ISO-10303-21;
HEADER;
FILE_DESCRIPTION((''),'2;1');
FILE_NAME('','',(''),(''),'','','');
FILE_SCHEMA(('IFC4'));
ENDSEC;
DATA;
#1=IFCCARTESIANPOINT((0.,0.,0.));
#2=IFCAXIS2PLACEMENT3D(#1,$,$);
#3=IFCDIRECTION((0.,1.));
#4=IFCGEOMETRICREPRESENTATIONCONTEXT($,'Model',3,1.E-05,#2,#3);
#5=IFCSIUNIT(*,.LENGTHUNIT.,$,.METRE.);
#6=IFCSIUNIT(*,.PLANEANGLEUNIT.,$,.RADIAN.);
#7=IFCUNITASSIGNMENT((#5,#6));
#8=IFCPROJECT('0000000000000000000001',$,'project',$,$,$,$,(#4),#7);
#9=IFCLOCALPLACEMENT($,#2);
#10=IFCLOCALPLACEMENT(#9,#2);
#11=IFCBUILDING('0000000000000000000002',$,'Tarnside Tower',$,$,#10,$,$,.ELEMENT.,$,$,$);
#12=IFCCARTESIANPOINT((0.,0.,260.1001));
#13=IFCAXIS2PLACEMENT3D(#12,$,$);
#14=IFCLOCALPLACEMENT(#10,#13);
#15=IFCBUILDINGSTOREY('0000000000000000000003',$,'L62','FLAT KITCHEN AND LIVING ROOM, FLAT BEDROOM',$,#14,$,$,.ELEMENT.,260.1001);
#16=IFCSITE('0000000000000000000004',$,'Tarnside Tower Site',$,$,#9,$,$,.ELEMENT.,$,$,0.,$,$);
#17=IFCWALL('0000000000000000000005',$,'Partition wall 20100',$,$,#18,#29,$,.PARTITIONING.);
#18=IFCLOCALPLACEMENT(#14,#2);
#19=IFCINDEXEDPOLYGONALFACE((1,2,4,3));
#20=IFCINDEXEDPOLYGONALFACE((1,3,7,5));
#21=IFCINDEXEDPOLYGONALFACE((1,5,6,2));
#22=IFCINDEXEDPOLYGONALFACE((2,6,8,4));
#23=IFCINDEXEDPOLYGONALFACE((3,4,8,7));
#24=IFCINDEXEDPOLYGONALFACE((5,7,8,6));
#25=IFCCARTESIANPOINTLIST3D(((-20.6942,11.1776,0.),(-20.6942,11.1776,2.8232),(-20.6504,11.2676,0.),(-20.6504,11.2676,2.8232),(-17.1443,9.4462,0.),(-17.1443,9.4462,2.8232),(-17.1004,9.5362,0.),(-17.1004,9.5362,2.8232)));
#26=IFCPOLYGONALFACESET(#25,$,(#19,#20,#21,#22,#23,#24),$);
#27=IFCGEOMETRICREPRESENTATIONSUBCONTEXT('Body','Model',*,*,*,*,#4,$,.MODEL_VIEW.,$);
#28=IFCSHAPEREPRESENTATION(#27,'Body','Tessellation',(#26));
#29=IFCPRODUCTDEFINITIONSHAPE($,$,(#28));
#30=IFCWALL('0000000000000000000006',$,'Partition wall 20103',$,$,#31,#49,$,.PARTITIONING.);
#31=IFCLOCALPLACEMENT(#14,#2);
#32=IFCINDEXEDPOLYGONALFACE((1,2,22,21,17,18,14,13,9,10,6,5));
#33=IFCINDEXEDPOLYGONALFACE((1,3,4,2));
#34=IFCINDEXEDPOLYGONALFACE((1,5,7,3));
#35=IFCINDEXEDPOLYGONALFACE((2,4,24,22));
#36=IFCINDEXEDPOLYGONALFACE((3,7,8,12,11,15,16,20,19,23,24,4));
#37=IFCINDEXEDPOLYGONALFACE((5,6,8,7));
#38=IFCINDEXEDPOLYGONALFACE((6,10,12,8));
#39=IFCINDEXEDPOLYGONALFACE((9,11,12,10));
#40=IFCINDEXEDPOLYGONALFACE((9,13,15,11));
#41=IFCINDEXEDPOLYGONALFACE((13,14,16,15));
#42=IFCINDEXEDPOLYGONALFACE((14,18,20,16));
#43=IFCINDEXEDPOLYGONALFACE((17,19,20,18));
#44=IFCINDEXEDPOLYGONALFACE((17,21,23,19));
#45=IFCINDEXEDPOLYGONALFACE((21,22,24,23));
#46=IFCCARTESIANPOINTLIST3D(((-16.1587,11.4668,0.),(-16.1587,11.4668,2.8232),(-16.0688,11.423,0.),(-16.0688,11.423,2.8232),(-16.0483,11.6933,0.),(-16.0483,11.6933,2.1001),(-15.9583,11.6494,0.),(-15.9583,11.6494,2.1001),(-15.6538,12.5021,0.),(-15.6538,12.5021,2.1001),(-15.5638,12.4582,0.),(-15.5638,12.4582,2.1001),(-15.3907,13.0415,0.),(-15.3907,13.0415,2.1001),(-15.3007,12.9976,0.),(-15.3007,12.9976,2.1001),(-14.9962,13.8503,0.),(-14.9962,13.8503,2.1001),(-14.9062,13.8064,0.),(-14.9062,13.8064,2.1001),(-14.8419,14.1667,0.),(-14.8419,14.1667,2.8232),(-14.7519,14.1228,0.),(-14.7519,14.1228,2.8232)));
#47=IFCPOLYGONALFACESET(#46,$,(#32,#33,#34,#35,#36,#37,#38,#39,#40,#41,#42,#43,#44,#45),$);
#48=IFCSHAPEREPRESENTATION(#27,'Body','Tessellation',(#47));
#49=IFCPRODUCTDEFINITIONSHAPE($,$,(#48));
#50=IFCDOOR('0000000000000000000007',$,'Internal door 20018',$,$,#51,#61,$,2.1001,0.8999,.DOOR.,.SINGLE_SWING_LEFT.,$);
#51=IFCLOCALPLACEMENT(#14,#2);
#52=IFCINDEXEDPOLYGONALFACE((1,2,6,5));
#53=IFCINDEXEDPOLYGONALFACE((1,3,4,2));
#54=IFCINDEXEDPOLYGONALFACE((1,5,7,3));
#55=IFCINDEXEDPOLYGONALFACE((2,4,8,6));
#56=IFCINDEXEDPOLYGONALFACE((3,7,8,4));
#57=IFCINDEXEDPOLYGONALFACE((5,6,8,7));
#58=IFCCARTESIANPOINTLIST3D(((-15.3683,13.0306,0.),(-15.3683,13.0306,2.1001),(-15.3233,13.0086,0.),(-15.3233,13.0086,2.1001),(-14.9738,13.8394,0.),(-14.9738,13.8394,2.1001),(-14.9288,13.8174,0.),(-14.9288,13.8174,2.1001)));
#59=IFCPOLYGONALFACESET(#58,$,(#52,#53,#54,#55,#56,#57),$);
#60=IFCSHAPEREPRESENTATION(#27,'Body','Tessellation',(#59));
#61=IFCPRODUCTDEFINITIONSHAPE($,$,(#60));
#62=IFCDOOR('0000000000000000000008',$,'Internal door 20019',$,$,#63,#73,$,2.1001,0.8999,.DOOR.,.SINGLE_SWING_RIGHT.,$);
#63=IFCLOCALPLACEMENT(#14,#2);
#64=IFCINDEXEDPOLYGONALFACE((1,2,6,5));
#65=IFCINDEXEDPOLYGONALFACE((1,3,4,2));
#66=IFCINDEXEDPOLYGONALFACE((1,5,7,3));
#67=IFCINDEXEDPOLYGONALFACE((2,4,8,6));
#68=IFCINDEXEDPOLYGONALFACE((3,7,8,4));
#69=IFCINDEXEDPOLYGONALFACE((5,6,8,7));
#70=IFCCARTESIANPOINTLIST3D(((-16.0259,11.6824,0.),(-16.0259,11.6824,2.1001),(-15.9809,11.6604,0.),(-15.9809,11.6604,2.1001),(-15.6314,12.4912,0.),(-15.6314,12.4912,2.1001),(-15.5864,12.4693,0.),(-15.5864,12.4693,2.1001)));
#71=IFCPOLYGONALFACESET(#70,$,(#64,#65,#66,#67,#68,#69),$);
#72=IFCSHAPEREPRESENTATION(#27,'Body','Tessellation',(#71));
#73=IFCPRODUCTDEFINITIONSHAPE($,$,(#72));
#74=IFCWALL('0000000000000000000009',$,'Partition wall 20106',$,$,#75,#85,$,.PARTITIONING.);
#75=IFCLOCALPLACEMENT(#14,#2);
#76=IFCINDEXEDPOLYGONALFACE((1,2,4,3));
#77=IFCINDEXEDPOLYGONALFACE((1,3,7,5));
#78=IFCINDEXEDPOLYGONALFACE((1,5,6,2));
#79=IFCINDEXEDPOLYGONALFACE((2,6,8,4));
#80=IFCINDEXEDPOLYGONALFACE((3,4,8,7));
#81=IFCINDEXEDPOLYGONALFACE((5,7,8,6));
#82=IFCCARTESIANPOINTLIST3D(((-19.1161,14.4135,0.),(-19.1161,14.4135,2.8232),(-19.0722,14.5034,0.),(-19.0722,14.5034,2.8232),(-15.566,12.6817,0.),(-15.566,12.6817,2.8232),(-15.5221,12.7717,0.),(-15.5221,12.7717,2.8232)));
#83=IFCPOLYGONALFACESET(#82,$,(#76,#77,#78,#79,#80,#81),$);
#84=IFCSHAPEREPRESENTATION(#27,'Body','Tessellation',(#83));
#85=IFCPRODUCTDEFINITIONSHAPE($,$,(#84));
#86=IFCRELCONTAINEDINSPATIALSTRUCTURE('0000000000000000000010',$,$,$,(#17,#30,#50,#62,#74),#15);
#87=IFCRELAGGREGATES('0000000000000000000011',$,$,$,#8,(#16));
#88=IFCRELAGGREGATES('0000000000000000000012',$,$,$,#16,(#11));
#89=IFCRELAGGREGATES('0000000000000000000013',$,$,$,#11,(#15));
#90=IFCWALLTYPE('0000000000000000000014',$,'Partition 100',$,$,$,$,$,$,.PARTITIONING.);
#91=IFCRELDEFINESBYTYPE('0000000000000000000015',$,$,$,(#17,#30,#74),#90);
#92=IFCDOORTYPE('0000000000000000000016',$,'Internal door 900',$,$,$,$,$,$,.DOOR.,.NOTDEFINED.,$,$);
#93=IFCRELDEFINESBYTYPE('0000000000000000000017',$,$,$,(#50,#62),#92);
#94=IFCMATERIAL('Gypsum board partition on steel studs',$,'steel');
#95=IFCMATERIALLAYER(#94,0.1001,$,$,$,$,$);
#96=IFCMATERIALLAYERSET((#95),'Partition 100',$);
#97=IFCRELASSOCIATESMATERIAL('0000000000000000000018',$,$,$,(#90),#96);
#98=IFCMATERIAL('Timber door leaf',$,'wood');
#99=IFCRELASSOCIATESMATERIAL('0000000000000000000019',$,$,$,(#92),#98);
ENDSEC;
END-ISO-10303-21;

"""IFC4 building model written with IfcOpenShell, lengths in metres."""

from ifc_helpers import new_model, si_unit, direction, frame, frame_2d, origin, place, context, subcontext, project, spatial, rectangle, extrude, material, layer, layer_set, type_object, element, fill, save


model = new_model("IFC4")

# Units and contexts
model_context = context("Model", 3, precision=1e-05, world=origin(), true_north=direction((0.0, 1.0)))
body_context = subcontext(model_context, "Body", "Model", "MODEL_VIEW")
ifc_project = project(units=[si_unit("LENGTHUNIT", "METRE"), si_unit("PLANEANGLEUNIT", "RADIAN")], contexts=[model_context])

# Site, building, storey
site_placement = place(None, origin())
site = spatial("IfcSite", under=ifc_project, at=site_placement, Name="Tarnside Tower Site", CompositionType="ELEMENT", RefElevation=0.0)
building_placement = place(site_placement, origin())
building = spatial("IfcBuilding", under=site, at=building_placement, Name="Tarnside Tower", CompositionType="ELEMENT")
storey_placement = place(building_placement, frame((0.0, 0.0, 260.1001)))
storey = spatial("IfcBuildingStorey", under=building, at=storey_placement, Name="L62", Description="FLAT KITCHEN AND LIVING ROOM, FLAT BEDROOM", CompositionType="ELEMENT", Elevation=260.1001)

# Wall
ifc_material_1 = material(Name="Gypsum board partition on steel studs", Category="steel")
ifc_layer_1 = layer(ifc_material_1, 0.1001)
ifc_layer_set_1 = layer_set([ifc_layer_1], Name="Partition 100")
wall_type_1 = type_object("IfcWallType", Name="Partition 100", PredefinedType="PARTITIONING", material=ifc_layer_set_1)
wall_1_placement = place(storey_placement, frame((-17.1223, 9.4912, 0.0), z_axis=(0.0, 0.0, 1.0), x_axis=(-0.898797, 0.438365, 0.0)))
element("IfcWall", 1, at=wall_1_placement, inside=storey, type_object=wall_type_1, Name="Partition wall 20100", PredefinedType="PARTITIONING", context=body_context, shape_type="SweptSolid", body=[
    extrude(rectangle(XDim=3.9497, YDim=0.1001, at=frame_2d((1.9749, 0.0))), origin(), (0.0, 0.0, 1.0), 2.8232),
])

# Wall, openings, doors
wall_2_placement = place(storey_placement, frame((-14.7969, 14.1448, 0.0), z_axis=(0.0, 0.0, 1.0), x_axis=(-0.438382, -0.898789, 0.0)))
wall_2 = element("IfcWall", 2, at=wall_2_placement, inside=storey, type_object=wall_type_1, Name="Partition wall 20103", PredefinedType="PARTITIONING", context=body_context, shape_type="SweptSolid", body=[
    extrude(rectangle(XDim=3.0039, YDim=0.1001, at=frame_2d((1.502, 0.0))), origin(), (0.0, 0.0, 1.0), 2.8232),
])
opening_1_placement = place(wall_2_placement, frame((0.3521, 0.0, 0.0)))
opening_1 = element("IfcOpeningElement", 3, at=opening_1_placement, cuts=wall_2, PredefinedType="OPENING", context=body_context, shape_type="SweptSolid", body=[
    extrude(rectangle(XDim=0.8999, YDim=2.1001, at=frame_2d((0.45, 1.05))), frame((0.0, 0.0601, 0.0), z_axis=(0.0, -1.0, 0.0), x_axis=(1.0, 0.0, 0.0)), (0.0, 0.0, 1.0), 0.1201),
])
opening_2_placement = place(wall_2_placement, frame((1.8521, 0.0, 0.0)))
opening_2 = element("IfcOpeningElement", 4, at=opening_2_placement, cuts=wall_2, PredefinedType="OPENING", context=body_context, shape_type="SweptSolid", body=[
    extrude(rectangle(XDim=0.8999, YDim=2.1001, at=frame_2d((0.45, 1.05))), frame((0.0, 0.0601, 0.0), z_axis=(0.0, -1.0, 0.0), x_axis=(1.0, 0.0, 0.0)), (0.0, 0.0, 1.0), 0.1201),
])
ifc_material_2 = material(Name="Timber door leaf", Category="wood")
door_type = type_object("IfcDoorType", Name="Internal door 900", OperationType="NOTDEFINED", PredefinedType="DOOR", material=ifc_material_2)
door_1_placement = place(opening_1_placement, origin())
door_1 = element("IfcDoor", 5, at=door_1_placement, inside=storey, type_object=door_type, Name="Internal door 20018", OperationType="SINGLE_SWING_LEFT", OverallHeight=2.1001, OverallWidth=0.8999, PredefinedType="DOOR", context=body_context, shape_type="SweptSolid", body=[
    extrude(rectangle(XDim=0.8999, YDim=2.1001, at=frame_2d((0.45, 1.05))), frame((0.0, 0.0249, 0.0), z_axis=(0.0, -1.0, 0.0), x_axis=(1.0, 0.0, 0.0)), (0.0, 0.0, 1.0), 0.05),
])
fill(opening_1, door_1)
door_2_placement = place(opening_2_placement, origin())
door_2 = element("IfcDoor", 6, at=door_2_placement, inside=storey, type_object=door_type, Name="Internal door 20019", OperationType="SINGLE_SWING_RIGHT", OverallHeight=2.1001, OverallWidth=0.8999, PredefinedType="DOOR", context=body_context, shape_type="SweptSolid", body=[
    extrude(rectangle(XDim=0.8999, YDim=2.1001, at=frame_2d((0.45, 1.05))), frame((0.0, 0.0249, 0.0), z_axis=(0.0, -1.0, 0.0), x_axis=(1.0, 0.0, 0.0)), (0.0, 0.0, 1.0), 0.05),
])
fill(opening_2, door_2)

# Wall
wall_3_placement = place(storey_placement, frame((-19.0942, 14.4585, 0.0), z_axis=(0.0, 0.0, 1.0), x_axis=(0.898773, -0.438415, 0.0)))
element("IfcWall", 7, at=wall_3_placement, inside=storey, type_object=wall_type_1, Name="Partition wall 20106", PredefinedType="PARTITIONING", context=body_context, shape_type="SweptSolid", body=[
    extrude(rectangle(XDim=3.95, YDim=0.1001, at=frame_2d((1.9751, 0.0))), origin(), (0.0, 0.0, 1.0), 2.8232),
])

save(model, "model.ifc")
